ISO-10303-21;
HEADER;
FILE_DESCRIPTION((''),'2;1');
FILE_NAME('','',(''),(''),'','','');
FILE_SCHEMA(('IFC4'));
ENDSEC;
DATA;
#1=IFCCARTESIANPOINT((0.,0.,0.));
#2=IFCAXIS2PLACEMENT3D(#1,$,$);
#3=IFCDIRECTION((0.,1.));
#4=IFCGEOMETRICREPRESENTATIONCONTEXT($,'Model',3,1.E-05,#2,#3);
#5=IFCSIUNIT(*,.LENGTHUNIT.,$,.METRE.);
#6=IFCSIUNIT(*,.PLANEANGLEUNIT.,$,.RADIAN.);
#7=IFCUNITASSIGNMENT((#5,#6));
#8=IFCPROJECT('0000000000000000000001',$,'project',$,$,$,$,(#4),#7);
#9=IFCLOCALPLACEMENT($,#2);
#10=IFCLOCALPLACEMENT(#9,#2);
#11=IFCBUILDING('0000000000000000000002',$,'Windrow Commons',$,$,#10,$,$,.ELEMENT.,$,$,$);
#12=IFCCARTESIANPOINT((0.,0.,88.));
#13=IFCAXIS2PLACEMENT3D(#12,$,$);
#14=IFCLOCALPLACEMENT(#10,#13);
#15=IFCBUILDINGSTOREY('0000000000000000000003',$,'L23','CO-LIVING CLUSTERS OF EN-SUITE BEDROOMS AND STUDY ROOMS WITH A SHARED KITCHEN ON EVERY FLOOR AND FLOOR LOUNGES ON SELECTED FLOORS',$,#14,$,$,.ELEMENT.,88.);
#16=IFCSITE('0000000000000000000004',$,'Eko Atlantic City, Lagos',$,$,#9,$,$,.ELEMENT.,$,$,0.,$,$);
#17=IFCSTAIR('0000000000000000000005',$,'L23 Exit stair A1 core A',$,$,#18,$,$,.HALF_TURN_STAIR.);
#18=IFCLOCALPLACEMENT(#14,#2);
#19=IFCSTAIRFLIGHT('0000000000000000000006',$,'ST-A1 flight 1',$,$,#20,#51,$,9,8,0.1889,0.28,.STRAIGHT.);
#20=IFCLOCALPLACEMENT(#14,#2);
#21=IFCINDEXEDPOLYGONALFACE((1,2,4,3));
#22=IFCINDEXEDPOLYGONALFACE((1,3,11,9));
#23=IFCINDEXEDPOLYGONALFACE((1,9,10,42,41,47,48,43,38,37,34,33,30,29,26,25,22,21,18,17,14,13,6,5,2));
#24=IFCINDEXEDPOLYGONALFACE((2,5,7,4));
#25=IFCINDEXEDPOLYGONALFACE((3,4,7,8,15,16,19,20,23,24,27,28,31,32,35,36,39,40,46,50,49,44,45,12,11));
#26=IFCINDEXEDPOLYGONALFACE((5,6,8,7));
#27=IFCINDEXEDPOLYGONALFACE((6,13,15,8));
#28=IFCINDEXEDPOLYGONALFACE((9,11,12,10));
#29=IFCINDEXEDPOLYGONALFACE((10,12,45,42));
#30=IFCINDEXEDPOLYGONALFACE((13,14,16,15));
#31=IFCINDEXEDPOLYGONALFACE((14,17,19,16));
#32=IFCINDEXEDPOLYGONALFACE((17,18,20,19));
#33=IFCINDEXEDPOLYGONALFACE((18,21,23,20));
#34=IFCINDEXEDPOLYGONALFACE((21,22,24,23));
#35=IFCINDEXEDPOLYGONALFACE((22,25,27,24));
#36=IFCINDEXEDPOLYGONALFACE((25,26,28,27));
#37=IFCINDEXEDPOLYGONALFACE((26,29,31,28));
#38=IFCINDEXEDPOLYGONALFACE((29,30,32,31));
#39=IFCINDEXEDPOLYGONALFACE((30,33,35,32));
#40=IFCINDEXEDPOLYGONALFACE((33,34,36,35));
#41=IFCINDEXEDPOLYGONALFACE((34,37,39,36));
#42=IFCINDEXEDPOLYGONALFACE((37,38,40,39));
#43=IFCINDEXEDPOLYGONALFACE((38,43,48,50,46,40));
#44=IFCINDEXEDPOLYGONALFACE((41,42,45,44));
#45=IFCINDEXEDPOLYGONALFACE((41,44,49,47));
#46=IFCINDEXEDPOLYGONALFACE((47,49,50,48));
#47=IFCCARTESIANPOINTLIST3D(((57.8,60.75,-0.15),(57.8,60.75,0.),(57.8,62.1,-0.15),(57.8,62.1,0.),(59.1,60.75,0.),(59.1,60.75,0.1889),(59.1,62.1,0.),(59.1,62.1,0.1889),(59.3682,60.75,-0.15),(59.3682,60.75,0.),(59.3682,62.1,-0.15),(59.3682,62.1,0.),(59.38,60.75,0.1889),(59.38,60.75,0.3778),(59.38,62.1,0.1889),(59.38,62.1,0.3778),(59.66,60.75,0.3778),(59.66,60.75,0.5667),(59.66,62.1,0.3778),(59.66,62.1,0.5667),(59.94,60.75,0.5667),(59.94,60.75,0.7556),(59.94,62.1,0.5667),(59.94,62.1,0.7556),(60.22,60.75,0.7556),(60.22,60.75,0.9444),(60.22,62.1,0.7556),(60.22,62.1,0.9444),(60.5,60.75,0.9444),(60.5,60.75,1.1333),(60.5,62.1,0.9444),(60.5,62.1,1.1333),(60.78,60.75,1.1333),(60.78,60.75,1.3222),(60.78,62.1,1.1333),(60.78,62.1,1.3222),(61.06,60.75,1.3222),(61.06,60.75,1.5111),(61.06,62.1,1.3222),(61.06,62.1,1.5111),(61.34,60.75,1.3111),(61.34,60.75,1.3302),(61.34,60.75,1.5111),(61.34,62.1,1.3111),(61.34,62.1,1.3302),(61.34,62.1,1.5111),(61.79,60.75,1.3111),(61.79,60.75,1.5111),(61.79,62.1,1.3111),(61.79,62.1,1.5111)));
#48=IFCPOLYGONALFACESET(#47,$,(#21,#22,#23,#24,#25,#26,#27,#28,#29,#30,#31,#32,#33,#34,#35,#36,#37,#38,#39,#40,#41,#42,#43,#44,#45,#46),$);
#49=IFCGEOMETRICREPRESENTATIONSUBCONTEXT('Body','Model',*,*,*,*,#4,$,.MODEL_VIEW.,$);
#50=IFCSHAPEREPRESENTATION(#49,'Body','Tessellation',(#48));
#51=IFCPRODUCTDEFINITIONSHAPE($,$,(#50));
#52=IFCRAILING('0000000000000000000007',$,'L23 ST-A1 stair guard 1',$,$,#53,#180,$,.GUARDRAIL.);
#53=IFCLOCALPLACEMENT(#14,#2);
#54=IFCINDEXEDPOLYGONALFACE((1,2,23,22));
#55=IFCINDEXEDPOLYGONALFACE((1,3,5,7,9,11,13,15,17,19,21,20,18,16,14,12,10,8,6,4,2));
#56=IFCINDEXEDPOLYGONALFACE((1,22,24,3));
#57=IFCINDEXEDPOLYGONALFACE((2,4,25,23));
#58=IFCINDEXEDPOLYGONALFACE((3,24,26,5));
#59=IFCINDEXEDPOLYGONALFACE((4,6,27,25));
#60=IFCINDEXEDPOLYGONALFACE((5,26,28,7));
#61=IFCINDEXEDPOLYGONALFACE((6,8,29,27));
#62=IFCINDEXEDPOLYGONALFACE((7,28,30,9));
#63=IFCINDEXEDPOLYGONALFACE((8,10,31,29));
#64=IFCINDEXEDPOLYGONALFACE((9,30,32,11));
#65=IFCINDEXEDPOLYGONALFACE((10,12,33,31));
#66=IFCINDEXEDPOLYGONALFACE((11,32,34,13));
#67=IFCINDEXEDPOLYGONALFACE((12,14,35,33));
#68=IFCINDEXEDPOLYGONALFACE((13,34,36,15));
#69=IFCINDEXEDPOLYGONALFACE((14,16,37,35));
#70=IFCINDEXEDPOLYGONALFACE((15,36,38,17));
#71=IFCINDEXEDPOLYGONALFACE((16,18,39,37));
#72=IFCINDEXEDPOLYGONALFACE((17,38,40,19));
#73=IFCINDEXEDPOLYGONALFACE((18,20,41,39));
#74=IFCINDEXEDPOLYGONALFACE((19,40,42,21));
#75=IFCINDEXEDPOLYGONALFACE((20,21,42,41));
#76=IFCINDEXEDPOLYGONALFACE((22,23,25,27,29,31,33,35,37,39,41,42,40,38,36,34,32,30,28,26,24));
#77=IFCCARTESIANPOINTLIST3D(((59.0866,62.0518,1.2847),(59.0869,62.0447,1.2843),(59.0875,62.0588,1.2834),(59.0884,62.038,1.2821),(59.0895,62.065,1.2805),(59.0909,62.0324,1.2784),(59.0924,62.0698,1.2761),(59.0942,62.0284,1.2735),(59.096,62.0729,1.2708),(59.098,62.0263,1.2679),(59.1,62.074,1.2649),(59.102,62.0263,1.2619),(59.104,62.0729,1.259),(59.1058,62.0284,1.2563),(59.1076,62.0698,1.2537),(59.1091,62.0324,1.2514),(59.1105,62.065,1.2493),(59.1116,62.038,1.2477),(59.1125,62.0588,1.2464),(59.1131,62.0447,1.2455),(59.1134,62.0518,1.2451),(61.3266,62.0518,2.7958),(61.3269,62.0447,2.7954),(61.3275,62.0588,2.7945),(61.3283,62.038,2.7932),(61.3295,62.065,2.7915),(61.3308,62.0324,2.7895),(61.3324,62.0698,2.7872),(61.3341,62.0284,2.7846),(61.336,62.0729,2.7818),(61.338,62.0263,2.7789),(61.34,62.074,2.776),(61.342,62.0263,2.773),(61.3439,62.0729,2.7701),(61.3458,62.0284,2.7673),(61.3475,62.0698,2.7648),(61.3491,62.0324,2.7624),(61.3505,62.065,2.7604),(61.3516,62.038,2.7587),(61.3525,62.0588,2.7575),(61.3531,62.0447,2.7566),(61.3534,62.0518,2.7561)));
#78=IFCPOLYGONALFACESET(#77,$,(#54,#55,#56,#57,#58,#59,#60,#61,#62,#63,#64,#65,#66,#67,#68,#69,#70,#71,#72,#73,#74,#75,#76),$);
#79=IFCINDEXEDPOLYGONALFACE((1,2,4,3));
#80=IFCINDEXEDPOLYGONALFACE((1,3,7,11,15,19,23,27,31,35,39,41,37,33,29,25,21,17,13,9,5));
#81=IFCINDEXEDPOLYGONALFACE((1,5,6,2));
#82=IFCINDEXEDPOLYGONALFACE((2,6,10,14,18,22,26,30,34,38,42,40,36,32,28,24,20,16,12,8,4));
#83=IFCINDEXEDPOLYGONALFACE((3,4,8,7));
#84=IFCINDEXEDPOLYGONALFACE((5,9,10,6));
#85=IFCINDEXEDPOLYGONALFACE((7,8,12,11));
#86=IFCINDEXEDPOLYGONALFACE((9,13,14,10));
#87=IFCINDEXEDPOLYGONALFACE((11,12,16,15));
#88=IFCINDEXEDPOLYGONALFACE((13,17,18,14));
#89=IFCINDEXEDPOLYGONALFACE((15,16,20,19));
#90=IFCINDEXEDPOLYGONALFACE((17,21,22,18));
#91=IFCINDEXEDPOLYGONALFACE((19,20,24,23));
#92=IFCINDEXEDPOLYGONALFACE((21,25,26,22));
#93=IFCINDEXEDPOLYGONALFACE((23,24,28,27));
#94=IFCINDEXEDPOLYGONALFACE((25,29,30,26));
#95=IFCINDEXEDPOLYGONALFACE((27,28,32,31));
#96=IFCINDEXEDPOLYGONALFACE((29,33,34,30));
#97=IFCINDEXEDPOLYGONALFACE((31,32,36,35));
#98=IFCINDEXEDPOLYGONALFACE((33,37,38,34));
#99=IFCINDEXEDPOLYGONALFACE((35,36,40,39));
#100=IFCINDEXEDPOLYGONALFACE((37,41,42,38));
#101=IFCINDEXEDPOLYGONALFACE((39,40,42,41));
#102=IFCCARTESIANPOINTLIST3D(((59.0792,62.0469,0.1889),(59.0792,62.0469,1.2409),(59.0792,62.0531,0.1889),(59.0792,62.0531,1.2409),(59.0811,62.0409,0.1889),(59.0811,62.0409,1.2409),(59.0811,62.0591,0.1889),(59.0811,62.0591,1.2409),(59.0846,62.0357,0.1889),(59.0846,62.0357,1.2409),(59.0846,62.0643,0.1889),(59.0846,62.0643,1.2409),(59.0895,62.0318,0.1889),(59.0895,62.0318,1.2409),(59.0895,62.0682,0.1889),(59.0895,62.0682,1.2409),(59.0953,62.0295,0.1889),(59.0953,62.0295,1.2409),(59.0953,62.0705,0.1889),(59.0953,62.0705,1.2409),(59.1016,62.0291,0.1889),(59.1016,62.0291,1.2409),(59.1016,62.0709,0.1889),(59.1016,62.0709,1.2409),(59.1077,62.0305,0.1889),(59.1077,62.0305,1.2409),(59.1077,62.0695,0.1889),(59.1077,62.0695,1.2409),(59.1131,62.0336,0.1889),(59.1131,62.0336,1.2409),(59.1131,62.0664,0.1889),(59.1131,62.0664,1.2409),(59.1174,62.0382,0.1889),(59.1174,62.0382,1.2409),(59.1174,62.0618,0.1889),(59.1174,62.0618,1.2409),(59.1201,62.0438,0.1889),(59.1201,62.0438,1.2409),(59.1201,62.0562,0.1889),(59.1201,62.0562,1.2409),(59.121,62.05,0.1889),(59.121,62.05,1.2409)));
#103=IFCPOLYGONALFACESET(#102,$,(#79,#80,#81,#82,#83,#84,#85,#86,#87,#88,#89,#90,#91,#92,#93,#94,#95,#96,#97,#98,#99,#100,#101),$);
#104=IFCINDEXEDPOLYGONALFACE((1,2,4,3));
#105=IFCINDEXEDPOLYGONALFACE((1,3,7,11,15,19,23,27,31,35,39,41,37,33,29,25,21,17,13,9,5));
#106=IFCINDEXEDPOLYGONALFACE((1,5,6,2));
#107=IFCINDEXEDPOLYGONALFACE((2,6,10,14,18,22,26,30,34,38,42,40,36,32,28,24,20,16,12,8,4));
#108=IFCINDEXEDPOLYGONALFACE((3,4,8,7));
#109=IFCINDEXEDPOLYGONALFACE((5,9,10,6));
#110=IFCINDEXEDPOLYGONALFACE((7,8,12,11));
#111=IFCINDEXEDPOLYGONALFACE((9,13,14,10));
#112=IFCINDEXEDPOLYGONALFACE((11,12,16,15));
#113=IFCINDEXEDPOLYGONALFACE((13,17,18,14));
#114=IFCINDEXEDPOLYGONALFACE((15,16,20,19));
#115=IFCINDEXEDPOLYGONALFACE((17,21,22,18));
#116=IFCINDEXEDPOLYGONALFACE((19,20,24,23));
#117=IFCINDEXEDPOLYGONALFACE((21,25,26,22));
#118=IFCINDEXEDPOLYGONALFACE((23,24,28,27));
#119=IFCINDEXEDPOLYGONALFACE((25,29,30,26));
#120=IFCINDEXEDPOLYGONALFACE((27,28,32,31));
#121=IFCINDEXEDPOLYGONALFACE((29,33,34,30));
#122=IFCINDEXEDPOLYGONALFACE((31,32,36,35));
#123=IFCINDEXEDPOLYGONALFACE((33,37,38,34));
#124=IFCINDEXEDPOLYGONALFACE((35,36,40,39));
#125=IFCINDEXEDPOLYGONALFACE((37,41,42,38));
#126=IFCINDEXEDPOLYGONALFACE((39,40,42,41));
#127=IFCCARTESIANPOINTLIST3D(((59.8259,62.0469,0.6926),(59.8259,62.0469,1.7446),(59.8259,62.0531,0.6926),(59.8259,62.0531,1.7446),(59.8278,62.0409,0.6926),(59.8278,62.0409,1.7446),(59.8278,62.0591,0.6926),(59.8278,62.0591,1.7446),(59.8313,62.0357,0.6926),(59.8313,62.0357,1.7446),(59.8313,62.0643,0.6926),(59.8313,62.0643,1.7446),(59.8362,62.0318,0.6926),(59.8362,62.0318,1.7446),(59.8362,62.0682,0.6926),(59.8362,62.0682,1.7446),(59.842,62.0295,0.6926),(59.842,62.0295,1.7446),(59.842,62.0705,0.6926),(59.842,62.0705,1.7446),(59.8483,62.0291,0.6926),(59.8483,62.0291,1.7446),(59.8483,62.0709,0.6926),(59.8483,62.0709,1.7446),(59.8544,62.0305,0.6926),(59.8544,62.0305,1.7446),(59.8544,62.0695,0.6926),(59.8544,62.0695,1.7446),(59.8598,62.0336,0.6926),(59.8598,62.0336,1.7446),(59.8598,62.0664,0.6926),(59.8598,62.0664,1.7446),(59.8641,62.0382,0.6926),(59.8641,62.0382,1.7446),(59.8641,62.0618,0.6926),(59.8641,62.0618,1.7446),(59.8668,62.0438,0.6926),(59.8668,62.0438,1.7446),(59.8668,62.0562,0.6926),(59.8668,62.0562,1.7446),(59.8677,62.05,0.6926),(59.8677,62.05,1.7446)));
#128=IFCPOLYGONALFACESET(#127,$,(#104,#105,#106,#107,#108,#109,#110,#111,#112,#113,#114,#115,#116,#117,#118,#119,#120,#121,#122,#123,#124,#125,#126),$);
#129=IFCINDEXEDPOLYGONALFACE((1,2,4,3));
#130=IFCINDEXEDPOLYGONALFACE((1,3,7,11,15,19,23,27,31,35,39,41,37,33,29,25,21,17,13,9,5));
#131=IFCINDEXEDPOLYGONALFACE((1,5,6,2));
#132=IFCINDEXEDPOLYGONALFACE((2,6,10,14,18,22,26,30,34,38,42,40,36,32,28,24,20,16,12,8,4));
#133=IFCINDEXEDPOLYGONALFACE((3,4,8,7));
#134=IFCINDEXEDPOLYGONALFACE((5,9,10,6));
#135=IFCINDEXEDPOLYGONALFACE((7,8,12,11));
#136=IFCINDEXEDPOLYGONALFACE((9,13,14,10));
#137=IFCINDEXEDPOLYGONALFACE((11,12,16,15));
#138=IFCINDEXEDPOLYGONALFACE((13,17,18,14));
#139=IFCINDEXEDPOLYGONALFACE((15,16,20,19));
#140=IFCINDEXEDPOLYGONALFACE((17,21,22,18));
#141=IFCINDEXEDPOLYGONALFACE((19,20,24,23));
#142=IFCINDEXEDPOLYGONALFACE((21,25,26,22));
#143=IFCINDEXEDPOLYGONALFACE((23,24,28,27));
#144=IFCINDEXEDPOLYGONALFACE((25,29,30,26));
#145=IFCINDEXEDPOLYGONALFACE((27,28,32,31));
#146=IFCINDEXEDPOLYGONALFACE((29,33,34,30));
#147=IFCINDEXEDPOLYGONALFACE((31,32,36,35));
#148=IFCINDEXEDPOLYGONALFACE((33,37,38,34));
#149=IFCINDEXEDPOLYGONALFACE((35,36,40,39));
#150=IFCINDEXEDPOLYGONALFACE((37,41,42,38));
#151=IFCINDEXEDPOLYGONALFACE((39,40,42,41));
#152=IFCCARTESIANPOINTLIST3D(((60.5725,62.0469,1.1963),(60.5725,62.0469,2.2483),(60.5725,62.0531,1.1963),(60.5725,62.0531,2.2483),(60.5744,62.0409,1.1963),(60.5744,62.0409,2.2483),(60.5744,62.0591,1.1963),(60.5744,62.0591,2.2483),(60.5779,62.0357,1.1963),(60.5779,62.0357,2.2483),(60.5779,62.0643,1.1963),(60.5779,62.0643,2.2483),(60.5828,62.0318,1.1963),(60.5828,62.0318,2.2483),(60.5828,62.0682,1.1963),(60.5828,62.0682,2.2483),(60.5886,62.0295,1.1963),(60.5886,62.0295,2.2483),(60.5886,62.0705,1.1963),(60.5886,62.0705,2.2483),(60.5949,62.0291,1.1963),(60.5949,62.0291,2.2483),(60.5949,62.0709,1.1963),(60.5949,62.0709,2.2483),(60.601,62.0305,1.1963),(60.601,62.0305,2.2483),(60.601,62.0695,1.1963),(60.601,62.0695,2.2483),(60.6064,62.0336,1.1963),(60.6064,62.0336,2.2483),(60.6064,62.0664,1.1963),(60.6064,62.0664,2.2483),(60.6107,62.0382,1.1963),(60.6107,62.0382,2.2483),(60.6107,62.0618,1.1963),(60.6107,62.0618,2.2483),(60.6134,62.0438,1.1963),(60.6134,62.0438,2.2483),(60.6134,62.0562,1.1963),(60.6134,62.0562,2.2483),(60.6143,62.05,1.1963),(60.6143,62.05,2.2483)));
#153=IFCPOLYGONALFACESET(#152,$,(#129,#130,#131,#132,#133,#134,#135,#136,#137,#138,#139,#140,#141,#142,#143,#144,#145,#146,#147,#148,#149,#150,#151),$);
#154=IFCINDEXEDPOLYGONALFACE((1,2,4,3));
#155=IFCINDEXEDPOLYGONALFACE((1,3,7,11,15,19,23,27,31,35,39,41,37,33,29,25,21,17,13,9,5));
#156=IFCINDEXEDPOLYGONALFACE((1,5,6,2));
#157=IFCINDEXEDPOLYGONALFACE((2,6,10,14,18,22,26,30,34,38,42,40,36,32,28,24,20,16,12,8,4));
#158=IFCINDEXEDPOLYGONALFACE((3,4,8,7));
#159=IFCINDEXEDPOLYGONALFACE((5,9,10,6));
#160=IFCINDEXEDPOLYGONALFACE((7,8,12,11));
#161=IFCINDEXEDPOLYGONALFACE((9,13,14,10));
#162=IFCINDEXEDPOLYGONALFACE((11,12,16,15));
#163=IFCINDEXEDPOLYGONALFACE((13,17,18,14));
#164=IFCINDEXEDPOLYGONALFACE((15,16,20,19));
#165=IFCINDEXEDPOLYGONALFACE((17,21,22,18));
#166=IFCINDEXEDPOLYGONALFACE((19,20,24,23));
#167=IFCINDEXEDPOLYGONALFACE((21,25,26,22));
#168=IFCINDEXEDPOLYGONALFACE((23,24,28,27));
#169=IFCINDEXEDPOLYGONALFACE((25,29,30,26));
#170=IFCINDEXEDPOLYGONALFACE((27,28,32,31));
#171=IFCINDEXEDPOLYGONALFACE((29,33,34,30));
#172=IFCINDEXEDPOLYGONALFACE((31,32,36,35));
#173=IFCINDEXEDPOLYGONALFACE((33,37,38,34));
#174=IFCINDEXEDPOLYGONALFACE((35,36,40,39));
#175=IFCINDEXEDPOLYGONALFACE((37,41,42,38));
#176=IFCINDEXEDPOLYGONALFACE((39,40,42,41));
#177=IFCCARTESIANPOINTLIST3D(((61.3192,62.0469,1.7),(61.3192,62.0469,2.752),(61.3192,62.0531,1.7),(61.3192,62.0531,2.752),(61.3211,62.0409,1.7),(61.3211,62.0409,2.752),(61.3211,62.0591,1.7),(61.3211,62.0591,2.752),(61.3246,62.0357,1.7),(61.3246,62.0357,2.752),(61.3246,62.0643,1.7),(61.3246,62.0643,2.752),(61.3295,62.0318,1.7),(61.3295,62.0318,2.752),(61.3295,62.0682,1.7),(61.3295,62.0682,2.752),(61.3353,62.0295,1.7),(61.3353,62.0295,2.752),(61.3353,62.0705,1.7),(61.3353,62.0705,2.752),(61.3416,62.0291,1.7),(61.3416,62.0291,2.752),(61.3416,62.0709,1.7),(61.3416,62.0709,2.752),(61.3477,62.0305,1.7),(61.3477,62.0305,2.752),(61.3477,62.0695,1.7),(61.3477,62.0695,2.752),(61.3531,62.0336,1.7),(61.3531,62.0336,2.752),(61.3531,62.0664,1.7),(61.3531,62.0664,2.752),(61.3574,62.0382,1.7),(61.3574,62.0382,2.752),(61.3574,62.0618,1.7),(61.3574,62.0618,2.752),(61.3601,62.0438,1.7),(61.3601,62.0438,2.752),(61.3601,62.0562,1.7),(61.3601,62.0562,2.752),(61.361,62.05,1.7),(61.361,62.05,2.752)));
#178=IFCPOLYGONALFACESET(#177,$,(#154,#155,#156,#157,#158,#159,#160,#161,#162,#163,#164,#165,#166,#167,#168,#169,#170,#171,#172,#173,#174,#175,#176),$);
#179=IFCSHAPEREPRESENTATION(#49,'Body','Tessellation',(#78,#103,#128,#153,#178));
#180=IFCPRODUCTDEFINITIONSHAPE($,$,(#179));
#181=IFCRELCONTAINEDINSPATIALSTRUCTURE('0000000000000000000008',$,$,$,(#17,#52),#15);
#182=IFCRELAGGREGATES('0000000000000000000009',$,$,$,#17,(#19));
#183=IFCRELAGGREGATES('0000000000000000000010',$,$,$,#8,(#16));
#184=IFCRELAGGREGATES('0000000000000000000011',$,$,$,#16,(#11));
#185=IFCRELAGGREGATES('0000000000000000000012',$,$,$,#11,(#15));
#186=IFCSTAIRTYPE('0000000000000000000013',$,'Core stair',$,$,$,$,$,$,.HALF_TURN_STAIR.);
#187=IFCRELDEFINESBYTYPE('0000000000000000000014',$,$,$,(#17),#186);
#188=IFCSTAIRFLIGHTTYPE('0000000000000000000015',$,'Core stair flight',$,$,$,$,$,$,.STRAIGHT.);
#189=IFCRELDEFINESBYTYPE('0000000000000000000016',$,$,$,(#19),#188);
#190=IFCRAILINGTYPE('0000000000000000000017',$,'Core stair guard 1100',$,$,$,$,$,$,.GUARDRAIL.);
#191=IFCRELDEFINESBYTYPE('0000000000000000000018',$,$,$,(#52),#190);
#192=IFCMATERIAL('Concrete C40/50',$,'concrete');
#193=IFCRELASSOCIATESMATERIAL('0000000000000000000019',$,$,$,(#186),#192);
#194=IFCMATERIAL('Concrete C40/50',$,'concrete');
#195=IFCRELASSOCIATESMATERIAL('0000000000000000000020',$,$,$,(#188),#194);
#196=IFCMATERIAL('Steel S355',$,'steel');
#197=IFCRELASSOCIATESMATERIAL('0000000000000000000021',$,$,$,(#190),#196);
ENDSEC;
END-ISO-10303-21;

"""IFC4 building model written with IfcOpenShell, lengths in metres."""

from ifc_helpers import new_model, si_unit, direction, frame, origin, origin_2d, place, context, subcontext, project, spatial, polyline, circle, outline, extrude, material, type_object, element, aggregate, save


model = new_model("IFC4")

# Units and contexts
model_context = context("Model", 3, precision=1e-05, world=origin(), true_north=direction((0.0, 1.0)))
body_context = subcontext(model_context, "Body", "Model", "MODEL_VIEW")
ifc_project = project(units=[si_unit("LENGTHUNIT", "METRE"), si_unit("PLANEANGLEUNIT", "RADIAN")], contexts=[model_context])

# Site, building, storey
site_placement = place(None, origin())
site = spatial("IfcSite", under=ifc_project, at=site_placement, Name="Eko Atlantic City, Lagos", CompositionType="ELEMENT", RefElevation=0.0)
building_placement = place(site_placement, origin())
building = spatial("IfcBuilding", under=site, at=building_placement, Name="Windrow Commons", CompositionType="ELEMENT")
storey_placement = place(building_placement, frame((0.0, 0.0, 88.0)))
storey = spatial("IfcBuildingStorey", under=building, at=storey_placement, Name="L23", Description="CO-LIVING CLUSTERS OF EN-SUITE BEDROOMS AND STUDY ROOMS WITH A SHARED KITCHEN ON EVERY FLOOR AND FLOOR LOUNGES ON SELECTED FLOORS", CompositionType="ELEMENT", Elevation=88.0)

# Stair, stair flight
ifc_material_1 = material(Name="Concrete C40/50", Category="concrete")
stair_type = type_object("IfcStairType", Name="Core stair", PredefinedType="HALF_TURN_STAIR", material=ifc_material_1)
stair_placement = place(storey_placement, origin())
stair = element("IfcStair", 1, at=stair_placement, inside=storey, type_object=stair_type, Name="L23 Exit stair A1 core A", PredefinedType="HALF_TURN_STAIR")
ifc_material_2 = material(Name="Concrete C40/50", Category="concrete")
stair_flight_type = type_object("IfcStairFlightType", Name="Core stair flight", PredefinedType="STRAIGHT", material=ifc_material_2)
stair_flight_placement = place(storey_placement, frame((59.1, 61.425, 0.0), z_axis=(0.0, 0.0, 1.0), x_axis=(1.0, 0.0, 0.0)))
stair_flight = element("IfcStairFlight", 2, at=stair_flight_placement, type_object=stair_flight_type, Name="ST-A1 flight 1", NumberOfRisers=9, NumberOfTreads=8, PredefinedType="STRAIGHT", RiserHeight=0.1889, TreadLength=0.28, context=body_context, shape_type="SweptSolid", body=[
    extrude(outline(polyline([(-1.3, -0.15), (-1.3, 0.0), (0.0, 0.0), (0.0, 0.1889), (0.28, 0.1889), (0.28, 0.3778), (0.56, 0.3778), (0.56, 0.5667), (0.84, 0.5667), (0.84, 0.7556), (1.12, 0.7556), (1.12, 0.9444), (1.4, 0.9444), (1.4, 1.1333), (1.68, 1.1333), (1.68, 1.3222), (1.96, 1.3222), (1.96, 1.5111), (2.24, 1.5111), (2.69, 1.5111), (2.69, 1.3111), (2.24, 1.3111), (2.24, 1.3302), (0.2682, 0.0), (0.2682, -0.15), (-1.3, -0.15)])), frame((0.0, 0.675, 0.0), z_axis=(0.0, -1.0, 0.0), x_axis=(1.0, 0.0, 0.0)), (0.0, 0.0, 1.0), 1.35),
])
aggregate(stair, [stair_flight])

# Railing
ifc_material_3 = material(Name="Steel S355", Category="steel")
railing_type_1 = type_object("IfcRailingType", Name="Core stair guard 1100", PredefinedType="GUARDRAIL", material=ifc_material_3)
railing_1_placement = place(storey_placement, frame((59.1, 62.05, 0.1889)))
element("IfcRailing", 3, at=railing_1_placement, inside=storey, type_object=railing_type_1, Name="L23 ST-A1 stair guard 1", PredefinedType="GUARDRAIL", context=body_context, shape_type="SweptSolid", body=[
    extrude(circle(Radius=0.024, at=origin_2d()), frame((0.0, 0.0, 1.076), z_axis=(0.829003, 0.0, 0.559244), x_axis=(0.0, 1.0, 0.0)), (0.0, 0.0, 1.0), 2.702),
    extrude(circle(Radius=0.021, at=origin_2d()), origin(), (0.0, 0.0, 1.0), 1.052),
    extrude(circle(Radius=0.021, at=origin_2d()), frame((0.7467, 0.0, 0.5037)), (0.0, 0.0, 1.0), 1.052),
    extrude(circle(Radius=0.021, at=origin_2d()), frame((1.4933, 0.0, 1.0074)), (0.0, 0.0, 1.0), 1.052),
    extrude(circle(Radius=0.021, at=origin_2d()), frame((2.24, 0.0, 1.5111)), (0.0, 0.0, 1.0), 1.052),
])

save(model, "model.ifc")
